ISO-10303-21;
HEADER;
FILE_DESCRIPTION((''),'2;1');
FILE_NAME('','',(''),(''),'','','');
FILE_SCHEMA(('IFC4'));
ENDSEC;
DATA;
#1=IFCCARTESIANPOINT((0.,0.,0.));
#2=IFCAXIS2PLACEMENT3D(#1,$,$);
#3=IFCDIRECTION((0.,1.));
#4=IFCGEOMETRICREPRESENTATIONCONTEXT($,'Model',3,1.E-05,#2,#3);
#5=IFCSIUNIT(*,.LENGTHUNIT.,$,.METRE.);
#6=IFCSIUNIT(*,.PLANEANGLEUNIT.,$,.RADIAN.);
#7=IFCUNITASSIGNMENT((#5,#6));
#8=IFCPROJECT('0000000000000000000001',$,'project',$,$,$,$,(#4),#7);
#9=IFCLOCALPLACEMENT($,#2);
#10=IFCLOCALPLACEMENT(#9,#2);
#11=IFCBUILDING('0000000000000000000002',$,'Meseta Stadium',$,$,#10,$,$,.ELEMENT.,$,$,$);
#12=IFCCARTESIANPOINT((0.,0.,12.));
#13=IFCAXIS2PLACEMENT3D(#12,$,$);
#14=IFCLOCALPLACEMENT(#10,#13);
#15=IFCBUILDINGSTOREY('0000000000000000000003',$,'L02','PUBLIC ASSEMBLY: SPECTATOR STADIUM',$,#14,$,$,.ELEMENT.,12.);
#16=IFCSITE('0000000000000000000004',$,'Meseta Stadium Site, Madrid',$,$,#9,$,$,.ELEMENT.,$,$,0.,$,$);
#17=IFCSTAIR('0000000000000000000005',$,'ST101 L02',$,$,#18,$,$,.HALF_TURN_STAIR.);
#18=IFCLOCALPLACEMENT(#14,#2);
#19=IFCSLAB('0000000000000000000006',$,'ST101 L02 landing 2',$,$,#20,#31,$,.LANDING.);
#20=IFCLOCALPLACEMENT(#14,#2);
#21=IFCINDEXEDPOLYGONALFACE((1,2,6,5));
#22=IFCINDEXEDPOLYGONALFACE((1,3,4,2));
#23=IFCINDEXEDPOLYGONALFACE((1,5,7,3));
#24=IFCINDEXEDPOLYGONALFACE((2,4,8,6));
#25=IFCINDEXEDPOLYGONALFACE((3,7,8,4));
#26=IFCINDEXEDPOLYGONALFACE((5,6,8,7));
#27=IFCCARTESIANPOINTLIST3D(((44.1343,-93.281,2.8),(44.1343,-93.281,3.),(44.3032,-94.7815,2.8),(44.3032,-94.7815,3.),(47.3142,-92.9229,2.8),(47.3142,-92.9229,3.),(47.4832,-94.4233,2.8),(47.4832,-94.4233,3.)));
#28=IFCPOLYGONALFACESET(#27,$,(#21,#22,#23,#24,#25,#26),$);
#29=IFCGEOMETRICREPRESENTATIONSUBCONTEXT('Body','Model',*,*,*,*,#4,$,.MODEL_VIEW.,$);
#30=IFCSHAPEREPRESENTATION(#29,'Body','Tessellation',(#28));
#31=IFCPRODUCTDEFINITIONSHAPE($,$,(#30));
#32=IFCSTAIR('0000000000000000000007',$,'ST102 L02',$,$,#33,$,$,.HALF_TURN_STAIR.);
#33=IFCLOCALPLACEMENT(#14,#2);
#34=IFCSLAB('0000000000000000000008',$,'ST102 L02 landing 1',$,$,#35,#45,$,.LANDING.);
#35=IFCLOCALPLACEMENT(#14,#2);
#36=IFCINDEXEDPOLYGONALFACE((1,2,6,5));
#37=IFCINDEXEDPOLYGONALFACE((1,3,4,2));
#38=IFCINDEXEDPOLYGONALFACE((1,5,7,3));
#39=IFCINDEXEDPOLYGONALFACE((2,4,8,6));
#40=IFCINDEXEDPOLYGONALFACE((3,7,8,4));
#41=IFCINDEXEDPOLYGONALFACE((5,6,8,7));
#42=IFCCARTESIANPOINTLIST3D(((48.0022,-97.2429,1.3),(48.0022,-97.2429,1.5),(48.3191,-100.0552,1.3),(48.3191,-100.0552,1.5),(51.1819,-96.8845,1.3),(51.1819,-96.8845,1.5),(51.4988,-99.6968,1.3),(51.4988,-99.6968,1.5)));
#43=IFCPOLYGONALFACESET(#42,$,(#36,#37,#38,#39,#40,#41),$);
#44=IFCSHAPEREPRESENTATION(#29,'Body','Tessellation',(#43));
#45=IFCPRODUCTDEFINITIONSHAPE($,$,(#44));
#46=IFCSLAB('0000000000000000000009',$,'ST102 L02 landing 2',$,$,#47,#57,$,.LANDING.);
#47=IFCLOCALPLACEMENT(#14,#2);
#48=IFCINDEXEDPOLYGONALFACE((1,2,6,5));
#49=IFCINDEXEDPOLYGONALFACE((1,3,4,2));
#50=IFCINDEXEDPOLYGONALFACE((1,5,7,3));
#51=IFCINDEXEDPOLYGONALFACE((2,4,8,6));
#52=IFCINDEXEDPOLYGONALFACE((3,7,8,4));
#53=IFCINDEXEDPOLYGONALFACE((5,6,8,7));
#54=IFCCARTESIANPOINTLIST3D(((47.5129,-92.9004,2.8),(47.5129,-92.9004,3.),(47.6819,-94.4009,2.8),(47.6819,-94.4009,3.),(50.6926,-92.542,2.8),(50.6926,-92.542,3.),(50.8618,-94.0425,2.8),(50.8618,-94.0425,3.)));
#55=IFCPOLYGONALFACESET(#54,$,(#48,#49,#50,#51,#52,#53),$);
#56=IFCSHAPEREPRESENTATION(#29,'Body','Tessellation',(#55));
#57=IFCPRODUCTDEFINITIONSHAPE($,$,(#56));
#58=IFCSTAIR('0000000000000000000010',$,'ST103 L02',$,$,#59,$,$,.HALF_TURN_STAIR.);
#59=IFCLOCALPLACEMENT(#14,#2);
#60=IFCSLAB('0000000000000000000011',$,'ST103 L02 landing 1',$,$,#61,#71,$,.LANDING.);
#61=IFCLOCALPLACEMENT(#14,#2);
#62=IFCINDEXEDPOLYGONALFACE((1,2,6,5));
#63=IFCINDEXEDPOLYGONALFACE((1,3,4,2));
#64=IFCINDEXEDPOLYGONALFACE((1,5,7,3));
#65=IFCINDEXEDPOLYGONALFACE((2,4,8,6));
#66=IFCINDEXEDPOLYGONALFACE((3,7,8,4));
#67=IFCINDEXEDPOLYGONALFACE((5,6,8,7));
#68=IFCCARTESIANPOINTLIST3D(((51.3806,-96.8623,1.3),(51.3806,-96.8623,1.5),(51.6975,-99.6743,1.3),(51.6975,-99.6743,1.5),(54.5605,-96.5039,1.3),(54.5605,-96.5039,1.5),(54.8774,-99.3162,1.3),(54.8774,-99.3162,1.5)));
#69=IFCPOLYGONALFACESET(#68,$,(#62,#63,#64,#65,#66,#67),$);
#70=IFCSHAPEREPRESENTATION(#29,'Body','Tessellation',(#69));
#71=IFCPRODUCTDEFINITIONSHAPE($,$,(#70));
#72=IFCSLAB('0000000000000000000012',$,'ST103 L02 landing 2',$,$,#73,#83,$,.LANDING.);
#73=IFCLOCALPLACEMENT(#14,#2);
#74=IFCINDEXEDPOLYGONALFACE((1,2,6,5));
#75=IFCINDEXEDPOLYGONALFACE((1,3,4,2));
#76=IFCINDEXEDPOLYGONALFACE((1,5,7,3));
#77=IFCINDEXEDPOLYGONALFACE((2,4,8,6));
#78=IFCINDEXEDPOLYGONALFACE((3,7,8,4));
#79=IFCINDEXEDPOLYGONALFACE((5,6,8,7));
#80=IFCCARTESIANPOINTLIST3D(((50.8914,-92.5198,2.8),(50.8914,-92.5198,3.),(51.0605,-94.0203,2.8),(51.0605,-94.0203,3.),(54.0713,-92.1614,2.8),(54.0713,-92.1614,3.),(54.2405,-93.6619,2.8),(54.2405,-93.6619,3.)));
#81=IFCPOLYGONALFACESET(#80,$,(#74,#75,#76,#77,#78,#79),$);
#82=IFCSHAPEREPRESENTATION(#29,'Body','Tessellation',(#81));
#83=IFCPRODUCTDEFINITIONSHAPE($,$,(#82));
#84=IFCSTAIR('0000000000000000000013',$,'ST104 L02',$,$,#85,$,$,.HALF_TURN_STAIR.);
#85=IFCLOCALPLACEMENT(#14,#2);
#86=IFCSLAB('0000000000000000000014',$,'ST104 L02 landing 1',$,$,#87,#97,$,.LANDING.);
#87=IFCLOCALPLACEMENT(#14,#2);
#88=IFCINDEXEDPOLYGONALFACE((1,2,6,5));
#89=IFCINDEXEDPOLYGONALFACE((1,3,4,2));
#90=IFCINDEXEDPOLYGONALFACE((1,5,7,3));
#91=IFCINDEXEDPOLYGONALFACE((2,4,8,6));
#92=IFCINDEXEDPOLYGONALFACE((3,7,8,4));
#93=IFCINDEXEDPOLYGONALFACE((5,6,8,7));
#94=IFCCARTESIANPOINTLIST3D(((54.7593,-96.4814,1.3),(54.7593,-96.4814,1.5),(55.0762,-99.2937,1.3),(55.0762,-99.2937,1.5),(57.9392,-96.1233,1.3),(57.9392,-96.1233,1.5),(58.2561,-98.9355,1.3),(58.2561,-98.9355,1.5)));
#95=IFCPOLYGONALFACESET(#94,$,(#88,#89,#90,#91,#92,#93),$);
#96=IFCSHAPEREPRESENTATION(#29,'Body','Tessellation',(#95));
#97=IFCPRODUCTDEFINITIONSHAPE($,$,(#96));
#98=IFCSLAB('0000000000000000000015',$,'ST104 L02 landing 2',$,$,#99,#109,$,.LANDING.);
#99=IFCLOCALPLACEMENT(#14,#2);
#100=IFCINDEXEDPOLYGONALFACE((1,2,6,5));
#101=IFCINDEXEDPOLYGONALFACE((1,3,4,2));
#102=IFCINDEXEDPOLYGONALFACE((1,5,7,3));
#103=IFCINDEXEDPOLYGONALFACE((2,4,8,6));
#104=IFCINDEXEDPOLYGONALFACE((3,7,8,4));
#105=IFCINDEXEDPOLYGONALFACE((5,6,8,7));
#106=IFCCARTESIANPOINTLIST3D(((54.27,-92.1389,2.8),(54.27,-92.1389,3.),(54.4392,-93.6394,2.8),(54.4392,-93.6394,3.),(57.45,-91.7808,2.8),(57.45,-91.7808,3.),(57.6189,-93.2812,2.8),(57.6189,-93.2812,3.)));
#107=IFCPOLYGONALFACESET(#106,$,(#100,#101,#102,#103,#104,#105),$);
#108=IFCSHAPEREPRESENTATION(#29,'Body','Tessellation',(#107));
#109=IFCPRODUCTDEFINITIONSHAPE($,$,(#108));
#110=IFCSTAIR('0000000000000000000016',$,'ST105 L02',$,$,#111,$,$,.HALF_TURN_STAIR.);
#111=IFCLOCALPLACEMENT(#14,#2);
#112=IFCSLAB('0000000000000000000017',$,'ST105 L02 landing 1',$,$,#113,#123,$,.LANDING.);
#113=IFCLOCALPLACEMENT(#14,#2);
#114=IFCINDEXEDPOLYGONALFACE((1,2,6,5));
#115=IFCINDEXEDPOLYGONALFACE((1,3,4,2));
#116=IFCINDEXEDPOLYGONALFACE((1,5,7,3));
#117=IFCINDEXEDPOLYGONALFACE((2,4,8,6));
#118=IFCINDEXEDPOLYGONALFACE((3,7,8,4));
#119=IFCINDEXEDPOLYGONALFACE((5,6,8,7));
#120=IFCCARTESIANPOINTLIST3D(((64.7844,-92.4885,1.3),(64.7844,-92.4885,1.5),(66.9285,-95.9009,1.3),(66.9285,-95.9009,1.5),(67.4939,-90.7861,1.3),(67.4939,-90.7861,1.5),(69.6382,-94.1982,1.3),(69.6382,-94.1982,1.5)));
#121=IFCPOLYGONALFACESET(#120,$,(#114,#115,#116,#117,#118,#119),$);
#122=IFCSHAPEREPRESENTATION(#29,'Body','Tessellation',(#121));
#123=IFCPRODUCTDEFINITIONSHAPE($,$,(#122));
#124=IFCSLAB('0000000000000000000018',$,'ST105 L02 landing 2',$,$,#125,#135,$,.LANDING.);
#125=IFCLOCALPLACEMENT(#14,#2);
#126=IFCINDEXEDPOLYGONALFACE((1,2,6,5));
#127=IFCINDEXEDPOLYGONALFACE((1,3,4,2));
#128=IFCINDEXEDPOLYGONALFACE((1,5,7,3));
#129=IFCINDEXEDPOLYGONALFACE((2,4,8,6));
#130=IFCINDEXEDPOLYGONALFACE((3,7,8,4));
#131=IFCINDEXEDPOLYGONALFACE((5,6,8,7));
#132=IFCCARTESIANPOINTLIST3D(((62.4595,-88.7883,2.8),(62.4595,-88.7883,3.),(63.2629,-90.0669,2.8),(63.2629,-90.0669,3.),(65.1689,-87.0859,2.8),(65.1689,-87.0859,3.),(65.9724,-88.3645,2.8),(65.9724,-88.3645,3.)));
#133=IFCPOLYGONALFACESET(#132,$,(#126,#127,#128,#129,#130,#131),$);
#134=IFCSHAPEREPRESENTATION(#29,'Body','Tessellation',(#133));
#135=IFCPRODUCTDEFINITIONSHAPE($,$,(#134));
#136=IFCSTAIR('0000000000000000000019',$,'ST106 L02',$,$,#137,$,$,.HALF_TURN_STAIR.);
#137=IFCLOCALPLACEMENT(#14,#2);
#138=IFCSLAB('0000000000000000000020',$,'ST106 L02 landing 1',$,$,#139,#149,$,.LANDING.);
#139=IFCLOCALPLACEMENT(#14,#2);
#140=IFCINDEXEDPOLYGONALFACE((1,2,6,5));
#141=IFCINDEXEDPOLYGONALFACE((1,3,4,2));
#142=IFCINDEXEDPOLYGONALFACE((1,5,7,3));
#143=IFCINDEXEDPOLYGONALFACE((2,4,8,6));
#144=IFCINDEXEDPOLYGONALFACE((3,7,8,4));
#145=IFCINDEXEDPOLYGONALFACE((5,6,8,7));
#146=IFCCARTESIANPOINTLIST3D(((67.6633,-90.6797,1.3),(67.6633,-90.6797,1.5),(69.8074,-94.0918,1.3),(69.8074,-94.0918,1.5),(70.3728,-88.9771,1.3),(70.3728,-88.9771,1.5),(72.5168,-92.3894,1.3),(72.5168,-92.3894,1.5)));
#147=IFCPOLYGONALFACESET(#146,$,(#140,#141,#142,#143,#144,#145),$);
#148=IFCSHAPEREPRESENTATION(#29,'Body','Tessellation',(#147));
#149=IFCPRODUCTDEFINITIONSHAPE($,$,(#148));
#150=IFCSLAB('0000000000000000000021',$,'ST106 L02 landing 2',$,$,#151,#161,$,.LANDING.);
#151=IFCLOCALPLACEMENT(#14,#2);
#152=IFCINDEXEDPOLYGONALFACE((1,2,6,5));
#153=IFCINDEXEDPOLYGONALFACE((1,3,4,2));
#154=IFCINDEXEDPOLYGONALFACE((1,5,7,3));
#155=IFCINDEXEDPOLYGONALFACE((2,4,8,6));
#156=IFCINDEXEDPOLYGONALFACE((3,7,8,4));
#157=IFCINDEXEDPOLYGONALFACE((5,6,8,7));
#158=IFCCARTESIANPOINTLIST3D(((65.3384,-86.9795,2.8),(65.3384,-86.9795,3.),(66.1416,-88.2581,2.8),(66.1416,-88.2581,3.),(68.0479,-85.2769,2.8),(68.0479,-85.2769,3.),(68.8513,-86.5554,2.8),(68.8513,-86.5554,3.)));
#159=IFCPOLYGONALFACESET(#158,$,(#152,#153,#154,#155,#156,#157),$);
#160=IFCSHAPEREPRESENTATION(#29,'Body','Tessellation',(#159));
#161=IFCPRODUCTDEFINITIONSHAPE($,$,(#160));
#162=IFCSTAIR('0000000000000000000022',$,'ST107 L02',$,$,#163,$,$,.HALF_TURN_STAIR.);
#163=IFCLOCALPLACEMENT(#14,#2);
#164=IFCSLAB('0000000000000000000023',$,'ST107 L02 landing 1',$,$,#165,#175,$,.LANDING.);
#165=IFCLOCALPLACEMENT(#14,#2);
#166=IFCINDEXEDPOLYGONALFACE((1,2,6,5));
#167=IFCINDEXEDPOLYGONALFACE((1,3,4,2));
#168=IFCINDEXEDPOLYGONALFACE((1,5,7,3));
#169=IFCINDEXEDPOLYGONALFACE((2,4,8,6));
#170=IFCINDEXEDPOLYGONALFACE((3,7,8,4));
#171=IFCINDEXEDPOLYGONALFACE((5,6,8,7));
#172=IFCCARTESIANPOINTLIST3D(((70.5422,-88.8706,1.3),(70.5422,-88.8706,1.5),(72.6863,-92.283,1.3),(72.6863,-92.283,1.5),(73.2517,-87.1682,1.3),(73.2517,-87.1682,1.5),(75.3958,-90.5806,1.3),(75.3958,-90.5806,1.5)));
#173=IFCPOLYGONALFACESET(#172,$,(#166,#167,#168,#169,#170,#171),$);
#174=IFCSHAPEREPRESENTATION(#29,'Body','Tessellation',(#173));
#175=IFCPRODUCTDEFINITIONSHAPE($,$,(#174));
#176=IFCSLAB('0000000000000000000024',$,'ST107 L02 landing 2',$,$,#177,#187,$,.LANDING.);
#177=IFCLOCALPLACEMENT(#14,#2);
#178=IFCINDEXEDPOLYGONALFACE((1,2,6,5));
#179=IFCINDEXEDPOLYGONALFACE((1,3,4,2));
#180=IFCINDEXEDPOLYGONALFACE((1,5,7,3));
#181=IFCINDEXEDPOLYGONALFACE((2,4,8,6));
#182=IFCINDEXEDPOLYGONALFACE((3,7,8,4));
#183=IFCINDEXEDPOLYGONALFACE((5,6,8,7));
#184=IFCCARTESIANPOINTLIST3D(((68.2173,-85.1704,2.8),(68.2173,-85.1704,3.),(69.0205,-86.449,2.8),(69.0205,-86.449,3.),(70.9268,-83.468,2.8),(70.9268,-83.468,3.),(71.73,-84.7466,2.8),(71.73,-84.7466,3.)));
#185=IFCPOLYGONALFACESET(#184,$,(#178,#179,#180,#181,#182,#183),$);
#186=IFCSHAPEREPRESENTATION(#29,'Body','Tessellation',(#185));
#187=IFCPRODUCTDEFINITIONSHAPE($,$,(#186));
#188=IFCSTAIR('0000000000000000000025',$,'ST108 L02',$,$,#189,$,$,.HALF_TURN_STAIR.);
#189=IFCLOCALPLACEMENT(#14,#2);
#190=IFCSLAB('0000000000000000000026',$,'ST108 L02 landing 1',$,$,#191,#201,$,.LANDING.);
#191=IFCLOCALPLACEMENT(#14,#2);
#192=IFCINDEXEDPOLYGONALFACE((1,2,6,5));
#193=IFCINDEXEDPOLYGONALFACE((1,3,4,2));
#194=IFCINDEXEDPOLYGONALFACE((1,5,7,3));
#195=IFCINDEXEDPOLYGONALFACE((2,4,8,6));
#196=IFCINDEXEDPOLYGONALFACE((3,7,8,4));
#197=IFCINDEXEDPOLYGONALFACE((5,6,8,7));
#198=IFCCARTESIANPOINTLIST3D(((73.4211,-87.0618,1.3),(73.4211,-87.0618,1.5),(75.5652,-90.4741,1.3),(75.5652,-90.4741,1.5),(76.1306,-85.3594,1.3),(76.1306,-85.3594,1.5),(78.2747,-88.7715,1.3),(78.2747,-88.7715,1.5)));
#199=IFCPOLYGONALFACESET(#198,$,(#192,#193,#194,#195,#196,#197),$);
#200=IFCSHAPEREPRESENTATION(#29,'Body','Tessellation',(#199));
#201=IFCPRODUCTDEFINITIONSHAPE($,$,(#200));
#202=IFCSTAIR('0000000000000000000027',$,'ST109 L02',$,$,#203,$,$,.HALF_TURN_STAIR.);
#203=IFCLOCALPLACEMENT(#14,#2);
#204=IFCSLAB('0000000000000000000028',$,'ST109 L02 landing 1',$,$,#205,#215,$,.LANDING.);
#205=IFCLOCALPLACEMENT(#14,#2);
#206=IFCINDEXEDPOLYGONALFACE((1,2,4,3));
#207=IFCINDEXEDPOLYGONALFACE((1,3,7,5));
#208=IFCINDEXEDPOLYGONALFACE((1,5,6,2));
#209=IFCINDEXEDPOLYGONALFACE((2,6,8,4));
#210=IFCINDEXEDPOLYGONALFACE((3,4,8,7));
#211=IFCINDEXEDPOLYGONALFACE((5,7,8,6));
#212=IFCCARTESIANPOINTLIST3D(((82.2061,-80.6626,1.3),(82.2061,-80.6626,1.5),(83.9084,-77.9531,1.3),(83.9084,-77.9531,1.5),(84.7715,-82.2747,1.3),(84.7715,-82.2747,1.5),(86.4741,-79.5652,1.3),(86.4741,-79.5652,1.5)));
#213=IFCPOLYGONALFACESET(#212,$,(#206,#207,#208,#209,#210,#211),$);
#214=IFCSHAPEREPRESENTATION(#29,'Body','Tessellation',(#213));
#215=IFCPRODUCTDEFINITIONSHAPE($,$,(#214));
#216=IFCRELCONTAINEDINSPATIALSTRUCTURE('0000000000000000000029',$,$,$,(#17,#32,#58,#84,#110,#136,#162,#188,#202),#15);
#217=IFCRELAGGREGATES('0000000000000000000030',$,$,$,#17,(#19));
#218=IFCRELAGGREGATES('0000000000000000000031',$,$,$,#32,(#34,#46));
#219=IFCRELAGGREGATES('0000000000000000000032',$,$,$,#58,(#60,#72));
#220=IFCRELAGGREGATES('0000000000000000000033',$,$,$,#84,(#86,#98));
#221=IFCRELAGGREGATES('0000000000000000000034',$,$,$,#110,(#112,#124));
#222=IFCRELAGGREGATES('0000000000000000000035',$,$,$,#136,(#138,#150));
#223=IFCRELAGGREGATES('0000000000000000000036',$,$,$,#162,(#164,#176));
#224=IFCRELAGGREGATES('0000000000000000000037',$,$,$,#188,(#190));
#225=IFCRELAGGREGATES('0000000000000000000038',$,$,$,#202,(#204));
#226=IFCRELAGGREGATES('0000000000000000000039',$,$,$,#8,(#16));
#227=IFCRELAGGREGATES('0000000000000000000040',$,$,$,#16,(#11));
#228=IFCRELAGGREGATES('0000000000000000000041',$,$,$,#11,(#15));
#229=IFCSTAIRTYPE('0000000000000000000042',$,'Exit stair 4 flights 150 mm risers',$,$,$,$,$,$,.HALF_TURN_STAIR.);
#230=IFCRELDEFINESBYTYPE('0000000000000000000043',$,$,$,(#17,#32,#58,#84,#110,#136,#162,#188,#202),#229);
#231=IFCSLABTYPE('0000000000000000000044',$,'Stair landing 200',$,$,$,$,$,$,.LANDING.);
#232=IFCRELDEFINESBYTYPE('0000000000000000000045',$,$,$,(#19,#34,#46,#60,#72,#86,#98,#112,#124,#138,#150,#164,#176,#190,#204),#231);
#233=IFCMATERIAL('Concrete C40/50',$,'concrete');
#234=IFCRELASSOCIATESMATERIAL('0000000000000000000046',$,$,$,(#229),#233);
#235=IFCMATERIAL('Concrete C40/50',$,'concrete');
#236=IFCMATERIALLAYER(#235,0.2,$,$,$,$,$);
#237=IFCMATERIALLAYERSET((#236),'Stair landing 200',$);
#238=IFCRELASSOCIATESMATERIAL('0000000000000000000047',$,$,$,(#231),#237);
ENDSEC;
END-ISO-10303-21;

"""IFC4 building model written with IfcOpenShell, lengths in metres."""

from ifc_helpers import new_model, si_unit, direction, frame, origin, place, context, subcontext, project, spatial, polyline, outline, extrude, material, layer, layer_set, type_object, element, aggregate, save


model = new_model("IFC4")

# Units and contexts
model_context = context("Model", 3, precision=1e-05, world=origin(), true_north=direction((0.0, 1.0)))
body_context = subcontext(model_context, "Body", "Model", "MODEL_VIEW")
ifc_project = project(units=[si_unit("LENGTHUNIT", "METRE"), si_unit("PLANEANGLEUNIT", "RADIAN")], contexts=[model_context])

# Site, building, storey
site_placement = place(None, origin())
site = spatial("IfcSite", under=ifc_project, at=site_placement, Name="Meseta Stadium Site, Madrid", CompositionType="ELEMENT", RefElevation=0.0)
building_placement = place(site_placement, origin())
building = spatial("IfcBuilding", under=site, at=building_placement, Name="Meseta Stadium", CompositionType="ELEMENT")
storey_placement = place(building_placement, frame((0.0, 0.0, 12.0)))
storey = spatial("IfcBuildingStorey", under=building, at=storey_placement, Name="L02", Description="PUBLIC ASSEMBLY: SPECTATOR STADIUM", CompositionType="ELEMENT", Elevation=12.0)

# Stair, slab
ifc_material_1 = material(Name="Concrete C40/50", Category="concrete")
stair_type = type_object("IfcStairType", Name="Exit stair 4 flights 150 mm risers", PredefinedType="HALF_TURN_STAIR", material=ifc_material_1)
ifc_material_2 = material(Name="Concrete C40/50", Category="concrete")
ifc_layer = layer(ifc_material_2, 0.2)
ifc_layer_set = layer_set([ifc_layer], Name="Stair landing 200")
slab_type = type_object("IfcSlabType", Name="Stair landing 200", PredefinedType="LANDING", material=ifc_layer_set)
stair_1_placement = place(storey_placement, origin())
stair_1 = element("IfcStair", 1, at=stair_1_placement, inside=storey, type_object=stair_type, Name="ST101 L02", PredefinedType="HALF_TURN_STAIR")
slab_1_placement = place(storey_placement, frame((0.0, 0.0, 2.8)))
slab_1 = element("IfcSlab", 2, at=slab_1_placement, type_object=slab_type, Name="ST101 L02 landing 2", PredefinedType="LANDING", context=body_context, shape_type="SweptSolid", body=[
    extrude(outline(polyline([(44.1343, -93.281), (44.3032, -94.7815), (47.4832, -94.4233), (47.3142, -92.9229), (44.1343, -93.281)])), origin(), (0.0, 0.0, 1.0), 0.2),
])
aggregate(stair_1, [slab_1])

# Stairs, slabs
stair_2_placement = place(storey_placement, origin())
stair_2 = element("IfcStair", 3, at=stair_2_placement, inside=storey, type_object=stair_type, Name="ST102 L02", PredefinedType="HALF_TURN_STAIR")
slab_2_placement = place(storey_placement, frame((0.0, 0.0, 1.3)))
slab_2 = element("IfcSlab", 4, at=slab_2_placement, type_object=slab_type, Name="ST102 L02 landing 1", PredefinedType="LANDING", context=body_context, shape_type="SweptSolid", body=[
    extrude(outline(polyline([(48.0022, -97.2429), (48.3191, -100.0552), (51.4988, -99.6968), (51.1819, -96.8845), (48.0022, -97.2429)])), origin(), (0.0, 0.0, 1.0), 0.2),
])
slab_3_placement = place(storey_placement, frame((0.0, 0.0, 2.8)))
slab_3 = element("IfcSlab", 5, at=slab_3_placement, type_object=slab_type, Name="ST102 L02 landing 2", PredefinedType="LANDING", context=body_context, shape_type="SweptSolid", body=[
    extrude(outline(polyline([(47.5129, -92.9004), (47.6819, -94.4009), (50.8618, -94.0425), (50.6926, -92.542), (47.5129, -92.9004)])), origin(), (0.0, 0.0, 1.0), 0.2),
])
aggregate(stair_2, [slab_2, slab_3])
stair_3_placement = place(storey_placement, origin())
stair_3 = element("IfcStair", 6, at=stair_3_placement, inside=storey, type_object=stair_type, Name="ST103 L02", PredefinedType="HALF_TURN_STAIR")
slab_4_placement = place(storey_placement, frame((0.0, 0.0, 1.3)))
slab_4 = element("IfcSlab", 7, at=slab_4_placement, type_object=slab_type, Name="ST103 L02 landing 1", PredefinedType="LANDING", context=body_context, shape_type="SweptSolid", body=[
    extrude(outline(polyline([(51.3806, -96.8623), (51.6975, -99.6743), (54.8774, -99.3162), (54.5605, -96.5039), (51.3806, -96.8623)])), origin(), (0.0, 0.0, 1.0), 0.2),
])
slab_5_placement = place(storey_placement, frame((0.0, 0.0, 2.8)))
slab_5 = element("IfcSlab", 8, at=slab_5_placement, type_object=slab_type, Name="ST103 L02 landing 2", PredefinedType="LANDING", context=body_context, shape_type="SweptSolid", body=[
    extrude(outline(polyline([(50.8914, -92.5198), (51.0605, -94.0203), (54.2405, -93.6619), (54.0713, -92.1614), (50.8914, -92.5198)])), origin(), (0.0, 0.0, 1.0), 0.2),
])
aggregate(stair_3, [slab_4, slab_5])
stair_4_placement = place(storey_placement, origin())
stair_4 = element("IfcStair", 9, at=stair_4_placement, inside=storey, type_object=stair_type, Name="ST104 L02", PredefinedType="HALF_TURN_STAIR")
slab_6_placement = place(storey_placement, frame((0.0, 0.0, 1.3)))
slab_6 = element("IfcSlab", 10, at=slab_6_placement, type_object=slab_type, Name="ST104 L02 landing 1", PredefinedType="LANDING", context=body_context, shape_type="SweptSolid", body=[
    extrude(outline(polyline([(54.7593, -96.4814), (55.0762, -99.2937), (58.2561, -98.9355), (57.9392, -96.1233), (54.7593, -96.4814)])), origin(), (0.0, 0.0, 1.0), 0.2),
])
slab_7_placement = place(storey_placement, frame((0.0, 0.0, 2.8)))
slab_7 = element("IfcSlab", 11, at=slab_7_placement, type_object=slab_type, Name="ST104 L02 landing 2", PredefinedType="LANDING", context=body_context, shape_type="SweptSolid", body=[
    extrude(outline(polyline([(54.27, -92.1389), (54.4392, -93.6394), (57.6189, -93.2812), (57.45, -91.7808), (54.27, -92.1389)])), origin(), (0.0, 0.0, 1.0), 0.2),
])
aggregate(stair_4, [slab_6, slab_7])
stair_5_placement = place(storey_placement, origin())
stair_5 = element("IfcStair", 12, at=stair_5_placement, inside=storey, type_object=stair_type, Name="ST105 L02", PredefinedType="HALF_TURN_STAIR")
slab_8_placement = place(storey_placement, frame((0.0, 0.0, 1.3)))
slab_8 = element("IfcSlab", 13, at=slab_8_placement, type_object=slab_type, Name="ST105 L02 landing 1", PredefinedType="LANDING", context=body_context, shape_type="SweptSolid", body=[
    extrude(outline(polyline([(64.7844, -92.4885), (66.9285, -95.9009), (69.6382, -94.1982), (67.4939, -90.7861), (64.7844, -92.4885)])), origin(), (0.0, 0.0, 1.0), 0.2),
])
slab_9_placement = place(storey_placement, frame((0.0, 0.0, 2.8)))
slab_9 = element("IfcSlab", 14, at=slab_9_placement, type_object=slab_type, Name="ST105 L02 landing 2", PredefinedType="LANDING", context=body_context, shape_type="SweptSolid", body=[
    extrude(outline(polyline([(62.4595, -88.7883), (63.2629, -90.0669), (65.9724, -88.3645), (65.1689, -87.0859), (62.4595, -88.7883)])), origin(), (0.0, 0.0, 1.0), 0.2),
])
aggregate(stair_5, [slab_8, slab_9])
stair_6_placement = place(storey_placement, origin())
stair_6 = element("IfcStair", 15, at=stair_6_placement, inside=storey, type_object=stair_type, Name="ST106 L02", PredefinedType="HALF_TURN_STAIR")
slab_10_placement = place(storey_placement, frame((0.0, 0.0, 1.3)))
slab_10 = element("IfcSlab", 16, at=slab_10_placement, type_object=slab_type, Name="ST106 L02 landing 1", PredefinedType="LANDING", context=body_context, shape_type="SweptSolid", body=[
    extrude(outline(polyline([(67.6633, -90.6797), (69.8074, -94.0918), (72.5168, -92.3894), (70.3728, -88.9771), (67.6633, -90.6797)])), origin(), (0.0, 0.0, 1.0), 0.2),
])
slab_11_placement = place(storey_placement, frame((0.0, 0.0, 2.8)))
slab_11 = element("IfcSlab", 17, at=slab_11_placement, type_object=slab_type, Name="ST106 L02 landing 2", PredefinedType="LANDING", context=body_context, shape_type="SweptSolid", body=[
    extrude(outline(polyline([(65.3384, -86.9795), (66.1416, -88.2581), (68.8513, -86.5554), (68.0479, -85.2769), (65.3384, -86.9795)])), origin(), (0.0, 0.0, 1.0), 0.2),
])
aggregate(stair_6, [slab_10, slab_11])
stair_7_placement = place(storey_placement, origin())
stair_7 = element("IfcStair", 18, at=stair_7_placement, inside=storey, type_object=stair_type, Name="ST107 L02", PredefinedType="HALF_TURN_STAIR")
slab_12_placement = place(storey_placement, frame((0.0, 0.0, 1.3)))
slab_12 = element("IfcSlab", 19, at=slab_12_placement, type_object=slab_type, Name="ST107 L02 landing 1", PredefinedType="LANDING", context=body_context, shape_type="SweptSolid", body=[
    extrude(outline(polyline([(70.5422, -88.8706), (72.6863, -92.283), (75.3958, -90.5806), (73.2517, -87.1682), (70.5422, -88.8706)])), origin(), (0.0, 0.0, 1.0), 0.2),
])
slab_13_placement = place(storey_placement, frame((0.0, 0.0, 2.8)))
slab_13 = element("IfcSlab", 20, at=slab_13_placement, type_object=slab_type, Name="ST107 L02 landing 2", PredefinedType="LANDING", context=body_context, shape_type="SweptSolid", body=[
    extrude(outline(polyline([(68.2173, -85.1704), (69.0205, -86.449), (71.73, -84.7466), (70.9268, -83.468), (68.2173, -85.1704)])), origin(), (0.0, 0.0, 1.0), 0.2),
])
aggregate(stair_7, [slab_12, slab_13])

# Stairs, slabs
stair_8_placement = place(storey_placement, origin())
stair_8 = element("IfcStair", 21, at=stair_8_placement, inside=storey, type_object=stair_type, Name="ST108 L02", PredefinedType="HALF_TURN_STAIR")
slab_14_placement = place(storey_placement, frame((0.0, 0.0, 1.3)))
slab_14 = element("IfcSlab", 22, at=slab_14_placement, type_object=slab_type, Name="ST108 L02 landing 1", PredefinedType="LANDING", context=body_context, shape_type="SweptSolid", body=[
    extrude(outline(polyline([(73.4211, -87.0618), (75.5652, -90.4741), (78.2747, -88.7715), (76.1306, -85.3594), (73.4211, -87.0618)])), origin(), (0.0, 0.0, 1.0), 0.2),
])
aggregate(stair_8, [slab_14])
stair_9_placement = place(storey_placement, origin())
stair_9 = element("IfcStair", 23, at=stair_9_placement, inside=storey, type_object=stair_type, Name="ST109 L02", PredefinedType="HALF_TURN_STAIR")
slab_15_placement = place(storey_placement, frame((0.0, 0.0, 1.3)))
slab_15 = element("IfcSlab", 24, at=slab_15_placement, type_object=slab_type, Name="ST109 L02 landing 1", PredefinedType="LANDING", context=body_context, shape_type="SweptSolid", body=[
    extrude(outline(polyline([(82.2061, -80.6626), (84.7715, -82.2747), (86.4741, -79.5652), (83.9084, -77.9531), (82.2061, -80.6626)])), origin(), (0.0, 0.0, 1.0), 0.2),
])
aggregate(stair_9, [slab_15])

save(model, "model.ifc")
